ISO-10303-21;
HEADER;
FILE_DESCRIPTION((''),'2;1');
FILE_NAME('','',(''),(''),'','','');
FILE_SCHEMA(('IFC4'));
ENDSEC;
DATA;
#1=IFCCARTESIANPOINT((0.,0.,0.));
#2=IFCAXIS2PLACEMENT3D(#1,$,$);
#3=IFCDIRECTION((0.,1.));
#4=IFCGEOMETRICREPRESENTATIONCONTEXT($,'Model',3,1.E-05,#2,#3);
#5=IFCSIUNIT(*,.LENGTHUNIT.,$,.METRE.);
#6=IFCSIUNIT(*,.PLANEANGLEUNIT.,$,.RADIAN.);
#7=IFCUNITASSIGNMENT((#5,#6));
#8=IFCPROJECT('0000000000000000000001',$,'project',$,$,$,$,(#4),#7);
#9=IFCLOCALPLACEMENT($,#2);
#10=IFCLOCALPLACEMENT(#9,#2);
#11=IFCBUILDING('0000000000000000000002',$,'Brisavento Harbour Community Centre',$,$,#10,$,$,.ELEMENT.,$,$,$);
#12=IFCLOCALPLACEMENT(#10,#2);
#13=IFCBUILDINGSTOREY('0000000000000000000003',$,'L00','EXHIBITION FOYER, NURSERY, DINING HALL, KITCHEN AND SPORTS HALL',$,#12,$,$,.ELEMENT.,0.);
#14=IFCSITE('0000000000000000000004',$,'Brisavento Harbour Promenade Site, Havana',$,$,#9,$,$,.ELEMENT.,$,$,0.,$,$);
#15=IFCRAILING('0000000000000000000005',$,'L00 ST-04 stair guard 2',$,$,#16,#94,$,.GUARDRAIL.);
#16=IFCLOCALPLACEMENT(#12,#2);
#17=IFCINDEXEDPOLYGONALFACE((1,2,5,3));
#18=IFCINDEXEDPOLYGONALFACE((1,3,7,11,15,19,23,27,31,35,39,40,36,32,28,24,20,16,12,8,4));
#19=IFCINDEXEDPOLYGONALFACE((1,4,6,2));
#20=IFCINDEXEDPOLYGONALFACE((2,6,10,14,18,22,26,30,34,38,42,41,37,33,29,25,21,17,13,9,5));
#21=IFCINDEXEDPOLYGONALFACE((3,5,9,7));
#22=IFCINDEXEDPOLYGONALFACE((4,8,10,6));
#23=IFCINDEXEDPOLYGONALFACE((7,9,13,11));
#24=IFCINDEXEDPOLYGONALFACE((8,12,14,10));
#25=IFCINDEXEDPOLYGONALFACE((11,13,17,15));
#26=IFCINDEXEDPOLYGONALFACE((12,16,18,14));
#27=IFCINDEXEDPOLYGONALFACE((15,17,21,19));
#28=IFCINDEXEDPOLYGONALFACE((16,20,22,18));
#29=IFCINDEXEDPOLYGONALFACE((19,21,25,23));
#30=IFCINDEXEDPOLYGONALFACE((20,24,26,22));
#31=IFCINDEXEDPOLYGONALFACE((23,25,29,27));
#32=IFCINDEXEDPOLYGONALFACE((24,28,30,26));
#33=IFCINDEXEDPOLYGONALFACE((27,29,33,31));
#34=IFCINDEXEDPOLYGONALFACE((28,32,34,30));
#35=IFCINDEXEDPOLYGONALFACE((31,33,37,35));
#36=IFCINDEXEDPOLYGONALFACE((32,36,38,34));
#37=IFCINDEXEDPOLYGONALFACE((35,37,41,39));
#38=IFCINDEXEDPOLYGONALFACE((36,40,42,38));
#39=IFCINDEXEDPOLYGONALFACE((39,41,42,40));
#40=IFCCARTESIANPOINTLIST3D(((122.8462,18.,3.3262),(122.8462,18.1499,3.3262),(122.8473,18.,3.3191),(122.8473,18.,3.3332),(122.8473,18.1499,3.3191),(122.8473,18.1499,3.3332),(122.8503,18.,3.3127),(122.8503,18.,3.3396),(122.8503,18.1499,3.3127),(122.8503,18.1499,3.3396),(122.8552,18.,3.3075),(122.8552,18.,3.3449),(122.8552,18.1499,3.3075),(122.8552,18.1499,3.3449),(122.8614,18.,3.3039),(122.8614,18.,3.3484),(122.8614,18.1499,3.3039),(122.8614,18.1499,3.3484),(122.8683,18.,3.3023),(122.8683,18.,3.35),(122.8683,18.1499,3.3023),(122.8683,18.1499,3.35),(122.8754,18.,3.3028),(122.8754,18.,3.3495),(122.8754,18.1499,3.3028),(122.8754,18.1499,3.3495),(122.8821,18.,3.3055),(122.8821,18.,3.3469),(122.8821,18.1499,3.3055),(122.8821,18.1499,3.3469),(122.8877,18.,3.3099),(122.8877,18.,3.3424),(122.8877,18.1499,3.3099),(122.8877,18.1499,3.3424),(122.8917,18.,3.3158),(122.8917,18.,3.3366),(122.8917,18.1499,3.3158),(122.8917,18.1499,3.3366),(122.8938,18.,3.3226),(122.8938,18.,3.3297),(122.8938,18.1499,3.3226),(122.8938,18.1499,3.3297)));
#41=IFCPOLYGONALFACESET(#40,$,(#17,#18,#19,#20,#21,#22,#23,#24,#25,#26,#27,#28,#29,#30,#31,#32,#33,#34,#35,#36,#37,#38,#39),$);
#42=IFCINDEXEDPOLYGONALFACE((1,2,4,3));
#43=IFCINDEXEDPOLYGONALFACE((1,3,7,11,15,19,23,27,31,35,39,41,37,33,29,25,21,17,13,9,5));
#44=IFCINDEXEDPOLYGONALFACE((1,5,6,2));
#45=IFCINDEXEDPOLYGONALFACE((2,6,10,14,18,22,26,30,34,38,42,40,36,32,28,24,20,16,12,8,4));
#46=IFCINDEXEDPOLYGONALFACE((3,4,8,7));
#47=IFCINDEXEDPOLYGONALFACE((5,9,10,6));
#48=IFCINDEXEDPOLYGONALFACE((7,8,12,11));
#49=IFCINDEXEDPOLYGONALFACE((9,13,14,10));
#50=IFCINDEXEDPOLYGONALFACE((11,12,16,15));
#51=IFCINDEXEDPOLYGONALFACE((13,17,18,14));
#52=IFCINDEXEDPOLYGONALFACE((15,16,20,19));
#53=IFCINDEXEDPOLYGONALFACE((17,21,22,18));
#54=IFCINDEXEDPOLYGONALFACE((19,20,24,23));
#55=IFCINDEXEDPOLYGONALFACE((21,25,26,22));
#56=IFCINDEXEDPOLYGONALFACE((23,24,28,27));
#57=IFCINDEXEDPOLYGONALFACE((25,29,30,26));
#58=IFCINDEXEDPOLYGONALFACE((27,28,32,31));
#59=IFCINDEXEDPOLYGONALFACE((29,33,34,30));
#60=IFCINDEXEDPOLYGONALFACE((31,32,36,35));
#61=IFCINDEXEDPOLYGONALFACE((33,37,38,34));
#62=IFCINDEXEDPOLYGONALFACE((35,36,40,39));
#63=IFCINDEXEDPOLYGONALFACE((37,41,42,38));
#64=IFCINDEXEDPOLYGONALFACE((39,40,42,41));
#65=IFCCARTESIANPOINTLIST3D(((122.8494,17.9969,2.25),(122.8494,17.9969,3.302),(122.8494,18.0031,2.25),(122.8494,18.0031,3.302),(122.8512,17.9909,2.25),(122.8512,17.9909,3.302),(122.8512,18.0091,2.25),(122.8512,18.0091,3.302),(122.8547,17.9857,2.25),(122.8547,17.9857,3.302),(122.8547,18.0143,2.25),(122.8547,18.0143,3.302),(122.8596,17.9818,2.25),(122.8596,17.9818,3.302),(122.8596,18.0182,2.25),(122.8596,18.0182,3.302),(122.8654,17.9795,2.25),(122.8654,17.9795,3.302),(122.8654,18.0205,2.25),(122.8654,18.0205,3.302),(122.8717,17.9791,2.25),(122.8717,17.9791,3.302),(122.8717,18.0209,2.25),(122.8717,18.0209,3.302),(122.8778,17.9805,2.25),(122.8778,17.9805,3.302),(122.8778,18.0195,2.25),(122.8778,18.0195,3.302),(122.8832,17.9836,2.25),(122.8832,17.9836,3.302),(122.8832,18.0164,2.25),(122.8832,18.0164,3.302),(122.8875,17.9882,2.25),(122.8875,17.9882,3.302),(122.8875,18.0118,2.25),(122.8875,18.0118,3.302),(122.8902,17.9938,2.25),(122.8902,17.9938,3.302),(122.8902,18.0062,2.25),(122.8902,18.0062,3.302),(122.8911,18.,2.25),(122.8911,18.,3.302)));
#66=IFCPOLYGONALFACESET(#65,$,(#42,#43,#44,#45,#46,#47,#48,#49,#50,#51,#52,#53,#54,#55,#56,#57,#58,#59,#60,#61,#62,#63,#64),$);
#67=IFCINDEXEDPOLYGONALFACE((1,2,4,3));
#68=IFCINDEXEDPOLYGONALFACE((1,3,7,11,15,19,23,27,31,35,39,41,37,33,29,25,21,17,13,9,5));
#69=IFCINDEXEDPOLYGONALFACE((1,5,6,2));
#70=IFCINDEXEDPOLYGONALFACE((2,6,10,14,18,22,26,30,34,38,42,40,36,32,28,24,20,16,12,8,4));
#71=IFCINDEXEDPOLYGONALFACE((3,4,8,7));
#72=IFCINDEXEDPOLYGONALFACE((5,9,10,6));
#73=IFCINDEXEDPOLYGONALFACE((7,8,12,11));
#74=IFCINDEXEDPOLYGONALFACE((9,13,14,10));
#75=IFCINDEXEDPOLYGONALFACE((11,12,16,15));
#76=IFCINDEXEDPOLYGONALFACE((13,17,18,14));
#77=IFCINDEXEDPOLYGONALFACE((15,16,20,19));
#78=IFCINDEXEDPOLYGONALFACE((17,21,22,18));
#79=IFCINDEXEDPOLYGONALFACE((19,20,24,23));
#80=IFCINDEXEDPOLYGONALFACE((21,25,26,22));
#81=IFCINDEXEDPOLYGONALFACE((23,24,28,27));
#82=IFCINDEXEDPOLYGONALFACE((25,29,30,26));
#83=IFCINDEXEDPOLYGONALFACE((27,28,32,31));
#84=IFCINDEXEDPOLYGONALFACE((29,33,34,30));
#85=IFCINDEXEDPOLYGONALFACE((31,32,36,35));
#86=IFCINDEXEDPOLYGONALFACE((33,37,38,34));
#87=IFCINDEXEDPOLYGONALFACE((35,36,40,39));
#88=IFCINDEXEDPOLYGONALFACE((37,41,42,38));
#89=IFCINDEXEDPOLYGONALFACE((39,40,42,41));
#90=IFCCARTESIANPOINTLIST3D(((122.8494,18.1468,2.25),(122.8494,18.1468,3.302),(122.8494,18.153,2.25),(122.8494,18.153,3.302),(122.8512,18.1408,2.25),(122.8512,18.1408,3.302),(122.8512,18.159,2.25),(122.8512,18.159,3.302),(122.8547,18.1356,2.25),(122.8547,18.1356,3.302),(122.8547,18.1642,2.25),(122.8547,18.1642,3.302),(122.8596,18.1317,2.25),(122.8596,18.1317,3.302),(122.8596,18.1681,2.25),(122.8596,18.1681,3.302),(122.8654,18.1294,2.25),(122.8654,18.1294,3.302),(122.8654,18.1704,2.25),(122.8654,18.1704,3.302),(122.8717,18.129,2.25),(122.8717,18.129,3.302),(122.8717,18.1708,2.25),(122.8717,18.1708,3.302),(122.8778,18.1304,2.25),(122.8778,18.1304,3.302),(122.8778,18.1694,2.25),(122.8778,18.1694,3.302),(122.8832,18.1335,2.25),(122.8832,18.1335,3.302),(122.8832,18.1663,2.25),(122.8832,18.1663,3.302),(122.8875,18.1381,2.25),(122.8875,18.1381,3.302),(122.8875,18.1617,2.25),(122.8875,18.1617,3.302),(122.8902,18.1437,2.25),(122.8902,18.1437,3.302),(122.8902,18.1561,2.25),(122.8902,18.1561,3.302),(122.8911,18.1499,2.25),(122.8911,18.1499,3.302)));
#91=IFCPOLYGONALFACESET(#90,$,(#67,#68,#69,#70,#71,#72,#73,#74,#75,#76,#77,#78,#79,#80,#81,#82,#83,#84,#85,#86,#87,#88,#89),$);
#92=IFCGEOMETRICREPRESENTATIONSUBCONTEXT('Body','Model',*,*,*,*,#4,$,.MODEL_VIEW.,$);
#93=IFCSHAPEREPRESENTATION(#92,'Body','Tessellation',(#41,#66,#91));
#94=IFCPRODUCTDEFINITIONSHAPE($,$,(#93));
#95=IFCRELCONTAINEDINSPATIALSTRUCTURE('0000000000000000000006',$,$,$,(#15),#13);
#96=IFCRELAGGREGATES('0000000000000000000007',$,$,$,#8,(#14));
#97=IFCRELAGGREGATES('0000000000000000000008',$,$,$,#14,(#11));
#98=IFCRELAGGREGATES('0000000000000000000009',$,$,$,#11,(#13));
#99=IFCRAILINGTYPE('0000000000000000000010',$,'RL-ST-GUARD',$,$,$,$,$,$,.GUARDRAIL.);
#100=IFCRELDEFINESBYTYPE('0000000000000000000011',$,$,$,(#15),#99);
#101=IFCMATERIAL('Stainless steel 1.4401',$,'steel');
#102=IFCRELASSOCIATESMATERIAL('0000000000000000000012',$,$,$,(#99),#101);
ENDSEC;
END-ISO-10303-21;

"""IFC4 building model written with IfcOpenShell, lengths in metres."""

from ifc_helpers import new_model, si_unit, direction, frame, origin, origin_2d, place, context, subcontext, project, spatial, circle, extrude, material, type_object, element, save


model = new_model("IFC4")

# Units and contexts
model_context = context("Model", 3, precision=1e-05, world=origin(), true_north=direction((0.0, 1.0)))
body_context = subcontext(model_context, "Body", "Model", "MODEL_VIEW")
ifc_project = project(units=[si_unit("LENGTHUNIT", "METRE"), si_unit("PLANEANGLEUNIT", "RADIAN")], contexts=[model_context])

# Site, building, storey
site_placement = place(None, origin())
site = spatial("IfcSite", under=ifc_project, at=site_placement, Name="Brisavento Harbour Promenade Site, Havana", CompositionType="ELEMENT", RefElevation=0.0)
building_placement = place(site_placement, origin())
building = spatial("IfcBuilding", under=site, at=building_placement, Name="Brisavento Harbour Community Centre", CompositionType="ELEMENT")
storey_placement = place(building_placement, origin())
storey = spatial("IfcBuildingStorey", under=building, at=storey_placement, Name="L00", Description="EXHIBITION FOYER, NURSERY, DINING HALL, KITCHEN AND SPORTS HALL", CompositionType="ELEMENT", Elevation=0.0)

# Railing
ifc_material_1 = material(Name="Stainless steel 1.4401", Category="steel")
railing_type_1 = type_object("IfcRailingType", Name="RL-ST-GUARD", PredefinedType="GUARDRAIL", material=ifc_material_1)
railing_1_placement = place(storey_placement, frame((122.8701, 18.0, 2.25)))
element("IfcRailing", 1, at=railing_1_placement, inside=storey, type_object=railing_type_1, Name="L00 ST-04 stair guard 2", PredefinedType="GUARDRAIL", context=body_context, shape_type="SweptSolid", body=[
    extrude(circle(Radius=0.0239, at=origin_2d()), frame((0.0, 0.0, 1.0762), z_axis=(0.0, 1.0, 0.0), x_axis=(-1.0, 0.0, 0.0)), (0.0, 0.0, 1.0), 0.1499),
    extrude(circle(Radius=0.021, at=origin_2d()), origin(), (0.0, 0.0, 1.0), 1.052),
    extrude(circle(Radius=0.021, at=origin_2d()), frame((0.0, 0.1499, 0.0)), (0.0, 0.0, 1.0), 1.052),
])

save(model, "model.ifc")
